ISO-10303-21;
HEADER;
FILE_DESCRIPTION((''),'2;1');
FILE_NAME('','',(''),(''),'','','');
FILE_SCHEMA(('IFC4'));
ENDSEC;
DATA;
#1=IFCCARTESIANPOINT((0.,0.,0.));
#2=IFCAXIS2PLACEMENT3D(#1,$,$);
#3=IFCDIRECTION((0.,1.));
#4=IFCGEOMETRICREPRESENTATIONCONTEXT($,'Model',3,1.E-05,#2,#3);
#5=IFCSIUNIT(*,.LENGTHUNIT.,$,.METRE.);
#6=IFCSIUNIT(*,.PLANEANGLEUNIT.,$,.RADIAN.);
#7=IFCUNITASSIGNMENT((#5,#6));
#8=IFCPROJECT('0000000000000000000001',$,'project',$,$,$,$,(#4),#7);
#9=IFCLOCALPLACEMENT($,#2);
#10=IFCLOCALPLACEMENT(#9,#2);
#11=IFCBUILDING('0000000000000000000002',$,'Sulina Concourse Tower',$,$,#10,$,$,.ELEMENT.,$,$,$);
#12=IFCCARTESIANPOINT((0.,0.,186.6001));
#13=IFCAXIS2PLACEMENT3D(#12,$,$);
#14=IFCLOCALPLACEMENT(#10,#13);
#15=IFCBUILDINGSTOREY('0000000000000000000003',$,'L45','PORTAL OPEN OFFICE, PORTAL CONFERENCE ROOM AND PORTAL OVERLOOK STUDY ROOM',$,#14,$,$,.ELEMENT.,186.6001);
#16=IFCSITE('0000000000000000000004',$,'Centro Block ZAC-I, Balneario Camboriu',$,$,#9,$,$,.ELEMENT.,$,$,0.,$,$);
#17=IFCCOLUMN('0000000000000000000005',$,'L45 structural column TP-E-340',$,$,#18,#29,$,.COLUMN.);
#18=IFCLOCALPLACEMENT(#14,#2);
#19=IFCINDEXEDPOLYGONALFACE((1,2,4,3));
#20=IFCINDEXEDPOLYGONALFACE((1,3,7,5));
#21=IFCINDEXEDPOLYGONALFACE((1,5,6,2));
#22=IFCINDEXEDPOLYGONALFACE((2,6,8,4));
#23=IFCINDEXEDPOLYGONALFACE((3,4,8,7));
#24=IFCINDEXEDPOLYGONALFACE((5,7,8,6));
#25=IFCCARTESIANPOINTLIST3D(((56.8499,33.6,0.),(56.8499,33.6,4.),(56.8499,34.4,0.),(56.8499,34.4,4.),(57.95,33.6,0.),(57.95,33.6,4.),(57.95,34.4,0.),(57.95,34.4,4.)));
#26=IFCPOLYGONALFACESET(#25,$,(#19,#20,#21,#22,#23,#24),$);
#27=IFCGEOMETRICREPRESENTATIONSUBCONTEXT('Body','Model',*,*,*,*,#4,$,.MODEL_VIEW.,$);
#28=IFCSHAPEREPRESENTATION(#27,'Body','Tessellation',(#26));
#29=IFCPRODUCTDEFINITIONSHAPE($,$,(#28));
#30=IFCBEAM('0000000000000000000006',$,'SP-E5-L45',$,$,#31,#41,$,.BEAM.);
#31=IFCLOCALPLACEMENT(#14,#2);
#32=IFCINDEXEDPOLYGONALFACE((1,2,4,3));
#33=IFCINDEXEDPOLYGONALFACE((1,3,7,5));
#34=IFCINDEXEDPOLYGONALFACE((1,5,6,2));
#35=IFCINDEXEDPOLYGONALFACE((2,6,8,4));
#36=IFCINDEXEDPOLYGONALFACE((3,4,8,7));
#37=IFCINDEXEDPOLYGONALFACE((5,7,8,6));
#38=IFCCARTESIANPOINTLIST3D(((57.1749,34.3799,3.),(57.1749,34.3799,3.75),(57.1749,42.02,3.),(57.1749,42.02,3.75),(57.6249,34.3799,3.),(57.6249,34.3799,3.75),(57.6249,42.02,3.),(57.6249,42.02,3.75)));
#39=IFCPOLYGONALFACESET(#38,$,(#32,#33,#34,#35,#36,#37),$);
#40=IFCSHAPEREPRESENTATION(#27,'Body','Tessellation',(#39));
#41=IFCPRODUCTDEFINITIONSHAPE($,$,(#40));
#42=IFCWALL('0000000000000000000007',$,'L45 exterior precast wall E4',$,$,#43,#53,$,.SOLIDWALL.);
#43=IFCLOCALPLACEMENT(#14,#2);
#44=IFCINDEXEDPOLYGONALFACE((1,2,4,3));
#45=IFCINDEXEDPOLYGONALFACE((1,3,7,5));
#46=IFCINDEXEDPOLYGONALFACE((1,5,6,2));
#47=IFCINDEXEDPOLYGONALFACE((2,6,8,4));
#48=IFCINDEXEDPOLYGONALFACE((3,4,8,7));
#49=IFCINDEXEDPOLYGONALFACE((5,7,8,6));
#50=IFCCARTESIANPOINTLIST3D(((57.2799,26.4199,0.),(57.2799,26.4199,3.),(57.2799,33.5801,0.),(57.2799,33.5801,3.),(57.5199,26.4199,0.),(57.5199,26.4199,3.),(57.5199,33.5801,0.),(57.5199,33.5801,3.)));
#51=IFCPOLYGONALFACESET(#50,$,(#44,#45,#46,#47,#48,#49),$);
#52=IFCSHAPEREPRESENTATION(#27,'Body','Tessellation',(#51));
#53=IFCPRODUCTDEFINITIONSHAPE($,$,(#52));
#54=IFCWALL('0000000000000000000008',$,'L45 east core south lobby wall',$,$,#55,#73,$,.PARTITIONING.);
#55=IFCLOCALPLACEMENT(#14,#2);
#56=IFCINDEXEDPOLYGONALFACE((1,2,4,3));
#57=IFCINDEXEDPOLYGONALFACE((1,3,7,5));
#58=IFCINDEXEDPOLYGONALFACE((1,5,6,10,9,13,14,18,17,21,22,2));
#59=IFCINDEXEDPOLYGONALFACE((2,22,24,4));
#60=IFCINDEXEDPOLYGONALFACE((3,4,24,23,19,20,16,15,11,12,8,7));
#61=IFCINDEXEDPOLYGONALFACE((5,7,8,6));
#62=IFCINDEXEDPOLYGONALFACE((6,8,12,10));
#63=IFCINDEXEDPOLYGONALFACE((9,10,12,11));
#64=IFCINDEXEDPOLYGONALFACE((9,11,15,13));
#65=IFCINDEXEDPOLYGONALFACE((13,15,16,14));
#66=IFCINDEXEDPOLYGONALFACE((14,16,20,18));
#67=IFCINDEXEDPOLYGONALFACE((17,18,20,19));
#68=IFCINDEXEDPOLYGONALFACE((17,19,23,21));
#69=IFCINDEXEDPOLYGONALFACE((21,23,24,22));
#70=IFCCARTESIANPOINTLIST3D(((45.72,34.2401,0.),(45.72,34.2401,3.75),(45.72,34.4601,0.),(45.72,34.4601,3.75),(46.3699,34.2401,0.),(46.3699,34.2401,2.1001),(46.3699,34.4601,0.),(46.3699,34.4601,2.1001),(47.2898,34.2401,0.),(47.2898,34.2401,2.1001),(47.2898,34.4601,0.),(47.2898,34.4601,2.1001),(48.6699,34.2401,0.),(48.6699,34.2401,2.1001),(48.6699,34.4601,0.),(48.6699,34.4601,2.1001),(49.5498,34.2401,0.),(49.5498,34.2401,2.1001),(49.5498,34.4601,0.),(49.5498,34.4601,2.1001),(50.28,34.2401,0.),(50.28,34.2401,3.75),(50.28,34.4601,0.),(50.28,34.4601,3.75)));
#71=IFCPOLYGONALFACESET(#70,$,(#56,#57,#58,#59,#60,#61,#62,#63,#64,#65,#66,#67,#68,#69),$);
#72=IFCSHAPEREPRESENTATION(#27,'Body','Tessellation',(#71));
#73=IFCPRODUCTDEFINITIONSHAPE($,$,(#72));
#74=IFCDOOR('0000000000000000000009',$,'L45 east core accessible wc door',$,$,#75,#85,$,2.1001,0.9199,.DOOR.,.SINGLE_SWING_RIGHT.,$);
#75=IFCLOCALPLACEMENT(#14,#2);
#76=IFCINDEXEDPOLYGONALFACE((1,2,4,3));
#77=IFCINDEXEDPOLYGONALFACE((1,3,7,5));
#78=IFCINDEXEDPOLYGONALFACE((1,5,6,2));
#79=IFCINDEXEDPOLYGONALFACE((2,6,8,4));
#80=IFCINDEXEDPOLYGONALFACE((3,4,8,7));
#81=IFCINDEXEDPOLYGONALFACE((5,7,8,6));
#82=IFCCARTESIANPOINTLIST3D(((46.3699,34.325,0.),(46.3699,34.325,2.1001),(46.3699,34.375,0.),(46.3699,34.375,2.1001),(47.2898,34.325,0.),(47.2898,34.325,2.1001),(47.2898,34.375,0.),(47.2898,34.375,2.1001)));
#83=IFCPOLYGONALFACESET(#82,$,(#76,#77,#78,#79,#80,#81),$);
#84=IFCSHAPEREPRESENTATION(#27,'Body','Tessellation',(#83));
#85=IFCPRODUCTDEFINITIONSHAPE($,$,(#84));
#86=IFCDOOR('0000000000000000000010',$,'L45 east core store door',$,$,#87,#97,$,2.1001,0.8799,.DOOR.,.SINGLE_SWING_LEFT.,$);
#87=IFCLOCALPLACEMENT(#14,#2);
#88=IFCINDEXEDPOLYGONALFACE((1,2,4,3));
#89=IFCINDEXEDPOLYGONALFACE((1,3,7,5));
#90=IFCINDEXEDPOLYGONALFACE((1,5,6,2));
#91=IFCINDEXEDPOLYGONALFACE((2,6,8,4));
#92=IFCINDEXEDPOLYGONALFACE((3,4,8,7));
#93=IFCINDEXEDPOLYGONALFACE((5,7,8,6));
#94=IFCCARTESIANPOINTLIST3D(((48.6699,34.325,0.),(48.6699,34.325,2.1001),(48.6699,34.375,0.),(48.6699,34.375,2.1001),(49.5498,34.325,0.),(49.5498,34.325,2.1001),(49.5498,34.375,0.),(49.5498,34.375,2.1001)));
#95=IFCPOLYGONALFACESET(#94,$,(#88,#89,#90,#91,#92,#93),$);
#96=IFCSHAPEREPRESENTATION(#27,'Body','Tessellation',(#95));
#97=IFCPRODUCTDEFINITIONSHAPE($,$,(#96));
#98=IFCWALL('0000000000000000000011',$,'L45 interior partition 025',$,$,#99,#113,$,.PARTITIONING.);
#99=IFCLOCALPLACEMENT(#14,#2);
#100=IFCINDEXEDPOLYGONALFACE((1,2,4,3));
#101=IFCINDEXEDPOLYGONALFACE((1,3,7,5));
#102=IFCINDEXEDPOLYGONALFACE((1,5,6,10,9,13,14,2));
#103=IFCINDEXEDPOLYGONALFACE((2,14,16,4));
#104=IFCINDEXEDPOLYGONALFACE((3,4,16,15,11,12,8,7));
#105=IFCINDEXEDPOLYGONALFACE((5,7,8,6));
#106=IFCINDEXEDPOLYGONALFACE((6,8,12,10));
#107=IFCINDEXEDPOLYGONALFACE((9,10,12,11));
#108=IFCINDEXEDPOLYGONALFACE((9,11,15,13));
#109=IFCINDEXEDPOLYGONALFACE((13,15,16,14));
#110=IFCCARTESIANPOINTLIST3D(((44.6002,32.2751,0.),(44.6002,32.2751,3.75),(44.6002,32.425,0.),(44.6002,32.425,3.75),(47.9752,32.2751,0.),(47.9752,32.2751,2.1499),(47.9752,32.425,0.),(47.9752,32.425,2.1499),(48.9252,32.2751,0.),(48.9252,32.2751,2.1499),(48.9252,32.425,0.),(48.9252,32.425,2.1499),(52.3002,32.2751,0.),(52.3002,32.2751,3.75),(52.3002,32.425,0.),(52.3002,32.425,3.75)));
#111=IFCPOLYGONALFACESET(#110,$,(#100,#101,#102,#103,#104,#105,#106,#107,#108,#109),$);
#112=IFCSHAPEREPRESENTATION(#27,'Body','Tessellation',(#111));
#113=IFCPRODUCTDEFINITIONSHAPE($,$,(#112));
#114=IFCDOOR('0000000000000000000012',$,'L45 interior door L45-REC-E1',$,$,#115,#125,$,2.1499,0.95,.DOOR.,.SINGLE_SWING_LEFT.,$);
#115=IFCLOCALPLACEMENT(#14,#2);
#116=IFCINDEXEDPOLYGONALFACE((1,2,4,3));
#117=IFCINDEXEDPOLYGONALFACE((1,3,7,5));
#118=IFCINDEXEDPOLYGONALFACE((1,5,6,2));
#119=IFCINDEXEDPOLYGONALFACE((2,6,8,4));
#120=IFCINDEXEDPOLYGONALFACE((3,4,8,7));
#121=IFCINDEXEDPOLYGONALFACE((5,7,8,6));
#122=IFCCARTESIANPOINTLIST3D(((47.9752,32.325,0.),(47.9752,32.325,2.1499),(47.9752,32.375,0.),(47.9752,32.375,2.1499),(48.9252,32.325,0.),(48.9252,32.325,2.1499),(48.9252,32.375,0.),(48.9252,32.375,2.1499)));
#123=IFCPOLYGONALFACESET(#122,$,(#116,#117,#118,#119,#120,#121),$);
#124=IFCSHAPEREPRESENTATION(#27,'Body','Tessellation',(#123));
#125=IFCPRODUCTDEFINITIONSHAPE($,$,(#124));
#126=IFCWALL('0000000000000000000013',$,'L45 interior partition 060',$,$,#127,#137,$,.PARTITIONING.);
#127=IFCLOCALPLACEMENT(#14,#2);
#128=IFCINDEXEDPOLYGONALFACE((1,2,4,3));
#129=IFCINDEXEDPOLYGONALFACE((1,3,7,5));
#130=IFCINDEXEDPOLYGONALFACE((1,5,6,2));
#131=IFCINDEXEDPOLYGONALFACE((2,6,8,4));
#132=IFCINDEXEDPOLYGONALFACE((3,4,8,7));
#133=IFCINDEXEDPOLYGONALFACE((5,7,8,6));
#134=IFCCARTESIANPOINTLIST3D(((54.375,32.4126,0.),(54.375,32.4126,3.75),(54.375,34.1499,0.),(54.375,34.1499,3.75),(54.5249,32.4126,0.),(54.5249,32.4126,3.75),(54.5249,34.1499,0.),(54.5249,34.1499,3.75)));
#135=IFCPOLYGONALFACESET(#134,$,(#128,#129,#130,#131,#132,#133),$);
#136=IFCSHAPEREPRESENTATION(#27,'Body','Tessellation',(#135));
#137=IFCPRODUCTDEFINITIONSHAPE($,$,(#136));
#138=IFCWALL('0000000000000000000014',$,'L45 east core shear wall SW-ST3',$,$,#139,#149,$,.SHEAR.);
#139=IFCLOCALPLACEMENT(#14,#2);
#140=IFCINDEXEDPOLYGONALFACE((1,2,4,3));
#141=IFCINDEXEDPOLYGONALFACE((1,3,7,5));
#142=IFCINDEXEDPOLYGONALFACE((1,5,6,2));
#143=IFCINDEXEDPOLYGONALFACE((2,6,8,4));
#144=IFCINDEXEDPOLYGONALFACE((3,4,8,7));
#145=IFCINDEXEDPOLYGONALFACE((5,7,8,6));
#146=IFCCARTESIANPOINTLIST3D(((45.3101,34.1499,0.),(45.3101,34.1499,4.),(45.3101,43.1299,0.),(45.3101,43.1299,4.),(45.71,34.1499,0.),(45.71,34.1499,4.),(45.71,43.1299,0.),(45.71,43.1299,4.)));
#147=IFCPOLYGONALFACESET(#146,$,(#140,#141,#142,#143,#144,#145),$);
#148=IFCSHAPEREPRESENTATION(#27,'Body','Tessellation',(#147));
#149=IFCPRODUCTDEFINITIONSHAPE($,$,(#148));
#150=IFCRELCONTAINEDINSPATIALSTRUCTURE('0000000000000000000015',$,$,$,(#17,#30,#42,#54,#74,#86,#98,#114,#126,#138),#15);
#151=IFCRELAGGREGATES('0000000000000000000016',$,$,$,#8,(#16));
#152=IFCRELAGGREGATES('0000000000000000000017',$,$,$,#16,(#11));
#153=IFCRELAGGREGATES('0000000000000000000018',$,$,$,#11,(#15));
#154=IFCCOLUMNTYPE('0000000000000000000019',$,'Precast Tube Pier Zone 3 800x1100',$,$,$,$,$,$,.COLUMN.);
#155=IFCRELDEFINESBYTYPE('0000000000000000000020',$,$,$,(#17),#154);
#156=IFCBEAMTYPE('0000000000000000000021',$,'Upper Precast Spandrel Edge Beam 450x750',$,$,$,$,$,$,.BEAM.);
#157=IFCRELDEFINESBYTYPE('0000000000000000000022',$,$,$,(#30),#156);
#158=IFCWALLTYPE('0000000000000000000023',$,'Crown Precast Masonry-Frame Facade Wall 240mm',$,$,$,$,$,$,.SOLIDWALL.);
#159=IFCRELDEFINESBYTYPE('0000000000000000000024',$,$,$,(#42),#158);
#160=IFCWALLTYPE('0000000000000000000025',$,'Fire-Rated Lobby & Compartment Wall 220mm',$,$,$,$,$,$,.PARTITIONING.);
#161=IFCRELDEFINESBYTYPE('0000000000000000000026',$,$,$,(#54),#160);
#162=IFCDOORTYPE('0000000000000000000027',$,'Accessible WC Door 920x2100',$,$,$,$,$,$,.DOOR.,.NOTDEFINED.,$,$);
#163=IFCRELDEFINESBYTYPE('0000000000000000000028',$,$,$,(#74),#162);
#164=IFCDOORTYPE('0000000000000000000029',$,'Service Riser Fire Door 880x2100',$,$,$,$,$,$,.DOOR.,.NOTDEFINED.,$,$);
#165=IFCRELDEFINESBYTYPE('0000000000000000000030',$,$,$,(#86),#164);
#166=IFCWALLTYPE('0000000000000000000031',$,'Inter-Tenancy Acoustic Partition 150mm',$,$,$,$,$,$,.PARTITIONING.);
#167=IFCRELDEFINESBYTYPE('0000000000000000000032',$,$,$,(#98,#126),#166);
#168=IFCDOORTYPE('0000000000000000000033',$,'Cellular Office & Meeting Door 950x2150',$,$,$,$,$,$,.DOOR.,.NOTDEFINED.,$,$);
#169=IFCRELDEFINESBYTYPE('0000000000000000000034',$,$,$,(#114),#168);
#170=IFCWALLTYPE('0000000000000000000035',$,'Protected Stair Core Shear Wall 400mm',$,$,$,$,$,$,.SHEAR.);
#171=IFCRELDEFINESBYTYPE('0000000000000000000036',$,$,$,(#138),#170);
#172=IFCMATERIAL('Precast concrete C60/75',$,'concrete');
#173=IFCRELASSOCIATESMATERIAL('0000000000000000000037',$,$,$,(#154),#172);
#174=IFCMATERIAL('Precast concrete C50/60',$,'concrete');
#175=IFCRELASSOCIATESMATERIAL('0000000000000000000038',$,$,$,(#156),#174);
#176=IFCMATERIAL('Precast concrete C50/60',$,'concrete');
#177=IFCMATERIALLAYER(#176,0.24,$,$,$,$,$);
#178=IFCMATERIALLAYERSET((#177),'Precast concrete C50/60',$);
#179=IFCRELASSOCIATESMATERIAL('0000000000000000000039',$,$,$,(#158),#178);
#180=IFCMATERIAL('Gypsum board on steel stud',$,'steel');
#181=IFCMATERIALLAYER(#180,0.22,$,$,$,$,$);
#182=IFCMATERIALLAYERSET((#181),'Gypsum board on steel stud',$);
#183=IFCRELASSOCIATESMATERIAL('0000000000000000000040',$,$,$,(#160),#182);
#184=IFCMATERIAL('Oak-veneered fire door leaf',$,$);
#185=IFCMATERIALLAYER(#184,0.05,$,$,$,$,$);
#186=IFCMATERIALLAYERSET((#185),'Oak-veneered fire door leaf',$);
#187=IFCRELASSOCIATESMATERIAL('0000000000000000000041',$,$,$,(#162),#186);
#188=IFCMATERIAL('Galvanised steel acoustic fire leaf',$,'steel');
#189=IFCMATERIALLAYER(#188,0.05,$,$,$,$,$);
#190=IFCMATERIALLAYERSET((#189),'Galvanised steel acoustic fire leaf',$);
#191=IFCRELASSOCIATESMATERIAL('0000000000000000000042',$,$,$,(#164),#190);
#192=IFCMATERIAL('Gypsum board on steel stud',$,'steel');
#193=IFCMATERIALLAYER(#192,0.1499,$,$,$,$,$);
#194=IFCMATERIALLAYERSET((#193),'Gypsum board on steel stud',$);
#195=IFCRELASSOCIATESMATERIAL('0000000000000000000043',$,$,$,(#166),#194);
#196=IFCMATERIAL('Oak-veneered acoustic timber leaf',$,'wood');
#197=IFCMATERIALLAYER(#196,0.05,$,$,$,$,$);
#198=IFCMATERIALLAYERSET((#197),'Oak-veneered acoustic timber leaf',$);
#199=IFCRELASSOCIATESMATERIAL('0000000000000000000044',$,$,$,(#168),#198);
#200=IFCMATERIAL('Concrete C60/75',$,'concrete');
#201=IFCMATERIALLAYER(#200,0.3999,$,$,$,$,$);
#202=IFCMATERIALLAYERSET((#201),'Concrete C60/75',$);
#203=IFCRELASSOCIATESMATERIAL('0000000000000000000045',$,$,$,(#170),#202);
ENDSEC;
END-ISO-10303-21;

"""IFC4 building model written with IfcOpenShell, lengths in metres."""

from ifc_helpers import new_model, si_unit, direction, frame, frame_2d, origin, origin_2d, place, context, subcontext, project, spatial, rectangle, extrude, material, layer, layer_set, material_profile, profile_set, type_object, element, fill, save


model = new_model("IFC4")

# Units and contexts
model_context = context("Model", 3, precision=1e-05, world=origin(), true_north=direction((0.0, 1.0)))
body_context = subcontext(model_context, "Body", "Model", "MODEL_VIEW")
ifc_project = project(units=[si_unit("LENGTHUNIT", "METRE"), si_unit("PLANEANGLEUNIT", "RADIAN")], contexts=[model_context])

# Site, building, storey
site_placement = place(None, origin())
site = spatial("IfcSite", under=ifc_project, at=site_placement, Name="Centro Block ZAC-I, Balneario Camboriu", CompositionType="ELEMENT", RefElevation=0.0)
building_placement = place(site_placement, origin())
building = spatial("IfcBuilding", under=site, at=building_placement, Name="Sulina Concourse Tower", CompositionType="ELEMENT")
storey_placement = place(building_placement, frame((0.0, 0.0, 186.6001)))
storey = spatial("IfcBuildingStorey", under=building, at=storey_placement, Name="L45", Description="PORTAL OPEN OFFICE, PORTAL CONFERENCE ROOM AND PORTAL OVERLOOK STUDY ROOM", CompositionType="ELEMENT", Elevation=186.6001)

# Column
ifc_material_1 = material(Name="Precast concrete C60/75", Category="concrete")
ifc_material_profile_1 = material_profile(ifc_material_1, rectangle(XDim=0.8, YDim=1.1001, at=origin_2d()), Name="PC 800x1100")
ifc_profile_set_1 = profile_set([ifc_material_profile_1], Name="Precast concrete C60/75")
column_type = type_object("IfcColumnType", Name="Precast Tube Pier Zone 3 800x1100", PredefinedType="COLUMN", material=ifc_profile_set_1)
column_placement = place(storey_placement, frame((57.3999, 34.0, 0.0), z_axis=(0.0, 0.0, 1.0), x_axis=(0.0, 1.0, 0.0)))
element("IfcColumn", 1, at=column_placement, inside=storey, type_object=column_type, Name="L45 structural column TP-E-340", PredefinedType="COLUMN", context=body_context, shape_type="SweptSolid", body=[
    extrude(rectangle(XDim=0.8, YDim=1.1001, at=origin_2d()), origin(), (0.0, 0.0, 1.0), 4.0),
])

# Beam
ifc_material_2 = material(Name="Precast concrete C50/60", Category="concrete")
ifc_material_profile_2 = material_profile(ifc_material_2, rectangle(XDim=0.45, YDim=0.75, at=origin_2d()), Name="RC 450x750")
ifc_profile_set_2 = profile_set([ifc_material_profile_2], Name="Precast concrete C50/60")
beam_type = type_object("IfcBeamType", Name="Upper Precast Spandrel Edge Beam 450x750", PredefinedType="BEAM", material=ifc_profile_set_2)
beam_placement = place(storey_placement, frame((57.3999, 34.3799, 3.375), z_axis=(0.0, 1.0, 0.0), x_axis=(-1.0, 0.0, 0.0)))
element("IfcBeam", 2, at=beam_placement, inside=storey, type_object=beam_type, Name="SP-E5-L45", PredefinedType="BEAM", context=body_context, shape_type="SweptSolid", body=[
    extrude(rectangle(XDim=0.45, YDim=0.75, at=origin_2d()), origin(), (0.0, 0.0, 1.0), 7.6401),
])

# Wall
ifc_material_3 = material(Name="Precast concrete C50/60", Category="concrete")
ifc_layer_1 = layer(ifc_material_3, 0.24)
ifc_layer_set_1 = layer_set([ifc_layer_1], Name="Precast concrete C50/60")
wall_type_1 = type_object("IfcWallType", Name="Crown Precast Masonry-Frame Facade Wall 240mm", PredefinedType="SOLIDWALL", material=ifc_layer_set_1)
wall_1_placement = place(storey_placement, frame((57.3999, 33.5801, 0.0), z_axis=(0.0, 0.0, 1.0), x_axis=(0.0, -1.0, 0.0)))
element("IfcWall", 3, at=wall_1_placement, inside=storey, type_object=wall_type_1, Name="L45 exterior precast wall E4", PredefinedType="SOLIDWALL", context=body_context, shape_type="SweptSolid", body=[
    extrude(rectangle(XDim=7.1602, YDim=0.24, at=frame_2d((3.5801, 0.0))), origin(), (0.0, 0.0, 1.0), 3.0),
])

# Wall, openings, doors
ifc_material_4 = material(Name="Gypsum board on steel stud", Category="steel")
ifc_layer_2 = layer(ifc_material_4, 0.22)
ifc_layer_set_2 = layer_set([ifc_layer_2], Name="Gypsum board on steel stud")
wall_type_2 = type_object("IfcWallType", Name="Fire-Rated Lobby & Compartment Wall 220mm", PredefinedType="PARTITIONING", material=ifc_layer_set_2)
wall_2_placement = place(storey_placement, frame((45.72, 34.3501, 0.0), z_axis=(0.0, 0.0, 1.0), x_axis=(1.0, 0.0, 0.0)))
wall_2 = element("IfcWall", 4, at=wall_2_placement, inside=storey, type_object=wall_type_2, Name="L45 east core south lobby wall", PredefinedType="PARTITIONING", context=body_context, shape_type="SweptSolid", body=[
    extrude(rectangle(XDim=4.5601, YDim=0.22, at=frame_2d((2.28, 0.0))), origin(), (0.0, 0.0, 1.0), 3.75),
])
opening_1_placement = place(wall_2_placement, frame((0.6499, 0.0, 0.0)))
opening_1 = element("IfcOpeningElement", 5, at=opening_1_placement, cuts=wall_2, PredefinedType="OPENING", context=body_context, shape_type="SweptSolid", body=[
    extrude(rectangle(XDim=0.9199, YDim=2.1001, at=frame_2d((0.46, 1.05))), frame((0.0, 0.1199, 0.0), z_axis=(0.0, -1.0, 0.0), x_axis=(1.0, 0.0, 0.0)), (0.0, 0.0, 1.0), 0.24),
])
opening_2_placement = place(wall_2_placement, frame((2.95, 0.0, 0.0)))
opening_2 = element("IfcOpeningElement", 6, at=opening_2_placement, cuts=wall_2, PredefinedType="OPENING", context=body_context, shape_type="SweptSolid", body=[
    extrude(rectangle(XDim=0.8799, YDim=2.1001, at=frame_2d((0.4399, 1.05))), frame((0.0, 0.1199, 0.0), z_axis=(0.0, -1.0, 0.0), x_axis=(1.0, 0.0, 0.0)), (0.0, 0.0, 1.0), 0.24),
])
ifc_material_5 = material(Name="Oak-veneered fire door leaf")
ifc_layer_3 = layer(ifc_material_5, 0.05)
ifc_layer_set_3 = layer_set([ifc_layer_3], Name="Oak-veneered fire door leaf")
door_type_1 = type_object("IfcDoorType", Name="Accessible WC Door 920x2100", OperationType="NOTDEFINED", PredefinedType="DOOR", material=ifc_layer_set_3)
door_1_placement = place(opening_1_placement, origin())
door_1 = element("IfcDoor", 7, at=door_1_placement, inside=storey, type_object=door_type_1, Name="L45 east core accessible wc door", OperationType="SINGLE_SWING_RIGHT", OverallHeight=2.1001, OverallWidth=0.9199, PredefinedType="DOOR", context=body_context, shape_type="SweptSolid", body=[
    extrude(rectangle(XDim=0.9199, YDim=2.1001, at=frame_2d((0.46, 1.05))), frame((0.0, 0.0249, 0.0), z_axis=(0.0, -1.0, 0.0), x_axis=(1.0, 0.0, 0.0)), (0.0, 0.0, 1.0), 0.05),
])
fill(opening_1, door_1)
ifc_material_6 = material(Name="Galvanised steel acoustic fire leaf", Category="steel")
ifc_layer_4 = layer(ifc_material_6, 0.05)
ifc_layer_set_4 = layer_set([ifc_layer_4], Name="Galvanised steel acoustic fire leaf")
door_type_2 = type_object("IfcDoorType", Name="Service Riser Fire Door 880x2100", OperationType="NOTDEFINED", PredefinedType="DOOR", material=ifc_layer_set_4)
door_2_placement = place(opening_2_placement, origin())
door_2 = element("IfcDoor", 8, at=door_2_placement, inside=storey, type_object=door_type_2, Name="L45 east core store door", OperationType="SINGLE_SWING_LEFT", OverallHeight=2.1001, OverallWidth=0.8799, PredefinedType="DOOR", context=body_context, shape_type="SweptSolid", body=[
    extrude(rectangle(XDim=0.8799, YDim=2.1001, at=frame_2d((0.4399, 1.05))), frame((0.0, 0.0249, 0.0), z_axis=(0.0, -1.0, 0.0), x_axis=(1.0, 0.0, 0.0)), (0.0, 0.0, 1.0), 0.05),
])
fill(opening_2, door_2)

# Wall, opening, door
ifc_material_7 = material(Name="Gypsum board on steel stud", Category="steel")
ifc_layer_5 = layer(ifc_material_7, 0.1499)
ifc_layer_set_5 = layer_set([ifc_layer_5], Name="Gypsum board on steel stud")
wall_type_3 = type_object("IfcWallType", Name="Inter-Tenancy Acoustic Partition 150mm", PredefinedType="PARTITIONING", material=ifc_layer_set_5)
wall_3_placement = place(storey_placement, frame((44.6001, 32.3501, 0.0), z_axis=(0.0, 0.0, 1.0), x_axis=(1.0, 0.0, 0.0)))
wall_3 = element("IfcWall", 9, at=wall_3_placement, inside=storey, type_object=wall_type_3, Name="L45 interior partition 025", PredefinedType="PARTITIONING", context=body_context, shape_type="SweptSolid", body=[
    extrude(rectangle(XDim=7.7, YDim=0.1499, at=frame_2d((3.8501, 0.0))), origin(), (0.0, 0.0, 1.0), 3.75),
])
opening_3_placement = place(wall_3_placement, frame((3.375, 0.0, 0.0)))
opening_3 = element("IfcOpeningElement", 10, at=opening_3_placement, cuts=wall_3, PredefinedType="OPENING", context=body_context, shape_type="SweptSolid", body=[
    extrude(rectangle(XDim=0.95, YDim=2.1499, at=frame_2d((0.4751, 1.075))), frame((0.0, 0.085, 0.0), z_axis=(0.0, -1.0, 0.0), x_axis=(1.0, 0.0, 0.0)), (0.0, 0.0, 1.0), 0.1699),
])
ifc_material_8 = material(Name="Oak-veneered acoustic timber leaf", Category="wood")
ifc_layer_6 = layer(ifc_material_8, 0.05)
ifc_layer_set_6 = layer_set([ifc_layer_6], Name="Oak-veneered acoustic timber leaf")
door_type_3 = type_object("IfcDoorType", Name="Cellular Office & Meeting Door 950x2150", OperationType="NOTDEFINED", PredefinedType="DOOR", material=ifc_layer_set_6)
door_3_placement = place(opening_3_placement, origin())
door_3 = element("IfcDoor", 11, at=door_3_placement, inside=storey, type_object=door_type_3, Name="L45 interior door L45-REC-E1", OperationType="SINGLE_SWING_LEFT", OverallHeight=2.1499, OverallWidth=0.95, PredefinedType="DOOR", context=body_context, shape_type="SweptSolid", body=[
    extrude(rectangle(XDim=0.95, YDim=2.1499, at=frame_2d((0.4751, 1.075))), frame((0.0, 0.0249, 0.0), z_axis=(0.0, -1.0, 0.0), x_axis=(1.0, 0.0, 0.0)), (0.0, 0.0, 1.0), 0.05),
])
fill(opening_3, door_3)

# Walls
wall_4_placement = place(storey_placement, frame((54.45, 32.4126, 0.0), z_axis=(0.0, 0.0, 1.0), x_axis=(0.0, 1.0, 0.0)))
element("IfcWall", 12, at=wall_4_placement, inside=storey, type_object=wall_type_3, Name="L45 interior partition 060", PredefinedType="PARTITIONING", context=body_context, shape_type="SweptSolid", body=[
    extrude(rectangle(XDim=1.7373, YDim=0.1499, at=frame_2d((0.8687, 0.0))), origin(), (0.0, 0.0, 1.0), 3.75),
])
ifc_material_9 = material(Name="Concrete C60/75", Category="concrete")
ifc_layer_7 = layer(ifc_material_9, 0.3999)
ifc_layer_set_7 = layer_set([ifc_layer_7], Name="Concrete C60/75")
wall_type_4 = type_object("IfcWallType", Name="Protected Stair Core Shear Wall 400mm", PredefinedType="SHEAR", material=ifc_layer_set_7)
wall_5_placement = place(storey_placement, frame((45.51, 34.1499, 0.0), z_axis=(0.0, 0.0, 1.0), x_axis=(0.0, 1.0, 0.0)))
element("IfcWall", 13, at=wall_5_placement, inside=storey, type_object=wall_type_4, Name="L45 east core shear wall SW-ST3", PredefinedType="SHEAR", context=body_context, shape_type="SweptSolid", body=[
    extrude(rectangle(XDim=8.98, YDim=0.3999, at=frame_2d((4.49, 0.0))), origin(), (0.0, 0.0, 1.0), 4.0),
])

save(model, "model.ifc")
